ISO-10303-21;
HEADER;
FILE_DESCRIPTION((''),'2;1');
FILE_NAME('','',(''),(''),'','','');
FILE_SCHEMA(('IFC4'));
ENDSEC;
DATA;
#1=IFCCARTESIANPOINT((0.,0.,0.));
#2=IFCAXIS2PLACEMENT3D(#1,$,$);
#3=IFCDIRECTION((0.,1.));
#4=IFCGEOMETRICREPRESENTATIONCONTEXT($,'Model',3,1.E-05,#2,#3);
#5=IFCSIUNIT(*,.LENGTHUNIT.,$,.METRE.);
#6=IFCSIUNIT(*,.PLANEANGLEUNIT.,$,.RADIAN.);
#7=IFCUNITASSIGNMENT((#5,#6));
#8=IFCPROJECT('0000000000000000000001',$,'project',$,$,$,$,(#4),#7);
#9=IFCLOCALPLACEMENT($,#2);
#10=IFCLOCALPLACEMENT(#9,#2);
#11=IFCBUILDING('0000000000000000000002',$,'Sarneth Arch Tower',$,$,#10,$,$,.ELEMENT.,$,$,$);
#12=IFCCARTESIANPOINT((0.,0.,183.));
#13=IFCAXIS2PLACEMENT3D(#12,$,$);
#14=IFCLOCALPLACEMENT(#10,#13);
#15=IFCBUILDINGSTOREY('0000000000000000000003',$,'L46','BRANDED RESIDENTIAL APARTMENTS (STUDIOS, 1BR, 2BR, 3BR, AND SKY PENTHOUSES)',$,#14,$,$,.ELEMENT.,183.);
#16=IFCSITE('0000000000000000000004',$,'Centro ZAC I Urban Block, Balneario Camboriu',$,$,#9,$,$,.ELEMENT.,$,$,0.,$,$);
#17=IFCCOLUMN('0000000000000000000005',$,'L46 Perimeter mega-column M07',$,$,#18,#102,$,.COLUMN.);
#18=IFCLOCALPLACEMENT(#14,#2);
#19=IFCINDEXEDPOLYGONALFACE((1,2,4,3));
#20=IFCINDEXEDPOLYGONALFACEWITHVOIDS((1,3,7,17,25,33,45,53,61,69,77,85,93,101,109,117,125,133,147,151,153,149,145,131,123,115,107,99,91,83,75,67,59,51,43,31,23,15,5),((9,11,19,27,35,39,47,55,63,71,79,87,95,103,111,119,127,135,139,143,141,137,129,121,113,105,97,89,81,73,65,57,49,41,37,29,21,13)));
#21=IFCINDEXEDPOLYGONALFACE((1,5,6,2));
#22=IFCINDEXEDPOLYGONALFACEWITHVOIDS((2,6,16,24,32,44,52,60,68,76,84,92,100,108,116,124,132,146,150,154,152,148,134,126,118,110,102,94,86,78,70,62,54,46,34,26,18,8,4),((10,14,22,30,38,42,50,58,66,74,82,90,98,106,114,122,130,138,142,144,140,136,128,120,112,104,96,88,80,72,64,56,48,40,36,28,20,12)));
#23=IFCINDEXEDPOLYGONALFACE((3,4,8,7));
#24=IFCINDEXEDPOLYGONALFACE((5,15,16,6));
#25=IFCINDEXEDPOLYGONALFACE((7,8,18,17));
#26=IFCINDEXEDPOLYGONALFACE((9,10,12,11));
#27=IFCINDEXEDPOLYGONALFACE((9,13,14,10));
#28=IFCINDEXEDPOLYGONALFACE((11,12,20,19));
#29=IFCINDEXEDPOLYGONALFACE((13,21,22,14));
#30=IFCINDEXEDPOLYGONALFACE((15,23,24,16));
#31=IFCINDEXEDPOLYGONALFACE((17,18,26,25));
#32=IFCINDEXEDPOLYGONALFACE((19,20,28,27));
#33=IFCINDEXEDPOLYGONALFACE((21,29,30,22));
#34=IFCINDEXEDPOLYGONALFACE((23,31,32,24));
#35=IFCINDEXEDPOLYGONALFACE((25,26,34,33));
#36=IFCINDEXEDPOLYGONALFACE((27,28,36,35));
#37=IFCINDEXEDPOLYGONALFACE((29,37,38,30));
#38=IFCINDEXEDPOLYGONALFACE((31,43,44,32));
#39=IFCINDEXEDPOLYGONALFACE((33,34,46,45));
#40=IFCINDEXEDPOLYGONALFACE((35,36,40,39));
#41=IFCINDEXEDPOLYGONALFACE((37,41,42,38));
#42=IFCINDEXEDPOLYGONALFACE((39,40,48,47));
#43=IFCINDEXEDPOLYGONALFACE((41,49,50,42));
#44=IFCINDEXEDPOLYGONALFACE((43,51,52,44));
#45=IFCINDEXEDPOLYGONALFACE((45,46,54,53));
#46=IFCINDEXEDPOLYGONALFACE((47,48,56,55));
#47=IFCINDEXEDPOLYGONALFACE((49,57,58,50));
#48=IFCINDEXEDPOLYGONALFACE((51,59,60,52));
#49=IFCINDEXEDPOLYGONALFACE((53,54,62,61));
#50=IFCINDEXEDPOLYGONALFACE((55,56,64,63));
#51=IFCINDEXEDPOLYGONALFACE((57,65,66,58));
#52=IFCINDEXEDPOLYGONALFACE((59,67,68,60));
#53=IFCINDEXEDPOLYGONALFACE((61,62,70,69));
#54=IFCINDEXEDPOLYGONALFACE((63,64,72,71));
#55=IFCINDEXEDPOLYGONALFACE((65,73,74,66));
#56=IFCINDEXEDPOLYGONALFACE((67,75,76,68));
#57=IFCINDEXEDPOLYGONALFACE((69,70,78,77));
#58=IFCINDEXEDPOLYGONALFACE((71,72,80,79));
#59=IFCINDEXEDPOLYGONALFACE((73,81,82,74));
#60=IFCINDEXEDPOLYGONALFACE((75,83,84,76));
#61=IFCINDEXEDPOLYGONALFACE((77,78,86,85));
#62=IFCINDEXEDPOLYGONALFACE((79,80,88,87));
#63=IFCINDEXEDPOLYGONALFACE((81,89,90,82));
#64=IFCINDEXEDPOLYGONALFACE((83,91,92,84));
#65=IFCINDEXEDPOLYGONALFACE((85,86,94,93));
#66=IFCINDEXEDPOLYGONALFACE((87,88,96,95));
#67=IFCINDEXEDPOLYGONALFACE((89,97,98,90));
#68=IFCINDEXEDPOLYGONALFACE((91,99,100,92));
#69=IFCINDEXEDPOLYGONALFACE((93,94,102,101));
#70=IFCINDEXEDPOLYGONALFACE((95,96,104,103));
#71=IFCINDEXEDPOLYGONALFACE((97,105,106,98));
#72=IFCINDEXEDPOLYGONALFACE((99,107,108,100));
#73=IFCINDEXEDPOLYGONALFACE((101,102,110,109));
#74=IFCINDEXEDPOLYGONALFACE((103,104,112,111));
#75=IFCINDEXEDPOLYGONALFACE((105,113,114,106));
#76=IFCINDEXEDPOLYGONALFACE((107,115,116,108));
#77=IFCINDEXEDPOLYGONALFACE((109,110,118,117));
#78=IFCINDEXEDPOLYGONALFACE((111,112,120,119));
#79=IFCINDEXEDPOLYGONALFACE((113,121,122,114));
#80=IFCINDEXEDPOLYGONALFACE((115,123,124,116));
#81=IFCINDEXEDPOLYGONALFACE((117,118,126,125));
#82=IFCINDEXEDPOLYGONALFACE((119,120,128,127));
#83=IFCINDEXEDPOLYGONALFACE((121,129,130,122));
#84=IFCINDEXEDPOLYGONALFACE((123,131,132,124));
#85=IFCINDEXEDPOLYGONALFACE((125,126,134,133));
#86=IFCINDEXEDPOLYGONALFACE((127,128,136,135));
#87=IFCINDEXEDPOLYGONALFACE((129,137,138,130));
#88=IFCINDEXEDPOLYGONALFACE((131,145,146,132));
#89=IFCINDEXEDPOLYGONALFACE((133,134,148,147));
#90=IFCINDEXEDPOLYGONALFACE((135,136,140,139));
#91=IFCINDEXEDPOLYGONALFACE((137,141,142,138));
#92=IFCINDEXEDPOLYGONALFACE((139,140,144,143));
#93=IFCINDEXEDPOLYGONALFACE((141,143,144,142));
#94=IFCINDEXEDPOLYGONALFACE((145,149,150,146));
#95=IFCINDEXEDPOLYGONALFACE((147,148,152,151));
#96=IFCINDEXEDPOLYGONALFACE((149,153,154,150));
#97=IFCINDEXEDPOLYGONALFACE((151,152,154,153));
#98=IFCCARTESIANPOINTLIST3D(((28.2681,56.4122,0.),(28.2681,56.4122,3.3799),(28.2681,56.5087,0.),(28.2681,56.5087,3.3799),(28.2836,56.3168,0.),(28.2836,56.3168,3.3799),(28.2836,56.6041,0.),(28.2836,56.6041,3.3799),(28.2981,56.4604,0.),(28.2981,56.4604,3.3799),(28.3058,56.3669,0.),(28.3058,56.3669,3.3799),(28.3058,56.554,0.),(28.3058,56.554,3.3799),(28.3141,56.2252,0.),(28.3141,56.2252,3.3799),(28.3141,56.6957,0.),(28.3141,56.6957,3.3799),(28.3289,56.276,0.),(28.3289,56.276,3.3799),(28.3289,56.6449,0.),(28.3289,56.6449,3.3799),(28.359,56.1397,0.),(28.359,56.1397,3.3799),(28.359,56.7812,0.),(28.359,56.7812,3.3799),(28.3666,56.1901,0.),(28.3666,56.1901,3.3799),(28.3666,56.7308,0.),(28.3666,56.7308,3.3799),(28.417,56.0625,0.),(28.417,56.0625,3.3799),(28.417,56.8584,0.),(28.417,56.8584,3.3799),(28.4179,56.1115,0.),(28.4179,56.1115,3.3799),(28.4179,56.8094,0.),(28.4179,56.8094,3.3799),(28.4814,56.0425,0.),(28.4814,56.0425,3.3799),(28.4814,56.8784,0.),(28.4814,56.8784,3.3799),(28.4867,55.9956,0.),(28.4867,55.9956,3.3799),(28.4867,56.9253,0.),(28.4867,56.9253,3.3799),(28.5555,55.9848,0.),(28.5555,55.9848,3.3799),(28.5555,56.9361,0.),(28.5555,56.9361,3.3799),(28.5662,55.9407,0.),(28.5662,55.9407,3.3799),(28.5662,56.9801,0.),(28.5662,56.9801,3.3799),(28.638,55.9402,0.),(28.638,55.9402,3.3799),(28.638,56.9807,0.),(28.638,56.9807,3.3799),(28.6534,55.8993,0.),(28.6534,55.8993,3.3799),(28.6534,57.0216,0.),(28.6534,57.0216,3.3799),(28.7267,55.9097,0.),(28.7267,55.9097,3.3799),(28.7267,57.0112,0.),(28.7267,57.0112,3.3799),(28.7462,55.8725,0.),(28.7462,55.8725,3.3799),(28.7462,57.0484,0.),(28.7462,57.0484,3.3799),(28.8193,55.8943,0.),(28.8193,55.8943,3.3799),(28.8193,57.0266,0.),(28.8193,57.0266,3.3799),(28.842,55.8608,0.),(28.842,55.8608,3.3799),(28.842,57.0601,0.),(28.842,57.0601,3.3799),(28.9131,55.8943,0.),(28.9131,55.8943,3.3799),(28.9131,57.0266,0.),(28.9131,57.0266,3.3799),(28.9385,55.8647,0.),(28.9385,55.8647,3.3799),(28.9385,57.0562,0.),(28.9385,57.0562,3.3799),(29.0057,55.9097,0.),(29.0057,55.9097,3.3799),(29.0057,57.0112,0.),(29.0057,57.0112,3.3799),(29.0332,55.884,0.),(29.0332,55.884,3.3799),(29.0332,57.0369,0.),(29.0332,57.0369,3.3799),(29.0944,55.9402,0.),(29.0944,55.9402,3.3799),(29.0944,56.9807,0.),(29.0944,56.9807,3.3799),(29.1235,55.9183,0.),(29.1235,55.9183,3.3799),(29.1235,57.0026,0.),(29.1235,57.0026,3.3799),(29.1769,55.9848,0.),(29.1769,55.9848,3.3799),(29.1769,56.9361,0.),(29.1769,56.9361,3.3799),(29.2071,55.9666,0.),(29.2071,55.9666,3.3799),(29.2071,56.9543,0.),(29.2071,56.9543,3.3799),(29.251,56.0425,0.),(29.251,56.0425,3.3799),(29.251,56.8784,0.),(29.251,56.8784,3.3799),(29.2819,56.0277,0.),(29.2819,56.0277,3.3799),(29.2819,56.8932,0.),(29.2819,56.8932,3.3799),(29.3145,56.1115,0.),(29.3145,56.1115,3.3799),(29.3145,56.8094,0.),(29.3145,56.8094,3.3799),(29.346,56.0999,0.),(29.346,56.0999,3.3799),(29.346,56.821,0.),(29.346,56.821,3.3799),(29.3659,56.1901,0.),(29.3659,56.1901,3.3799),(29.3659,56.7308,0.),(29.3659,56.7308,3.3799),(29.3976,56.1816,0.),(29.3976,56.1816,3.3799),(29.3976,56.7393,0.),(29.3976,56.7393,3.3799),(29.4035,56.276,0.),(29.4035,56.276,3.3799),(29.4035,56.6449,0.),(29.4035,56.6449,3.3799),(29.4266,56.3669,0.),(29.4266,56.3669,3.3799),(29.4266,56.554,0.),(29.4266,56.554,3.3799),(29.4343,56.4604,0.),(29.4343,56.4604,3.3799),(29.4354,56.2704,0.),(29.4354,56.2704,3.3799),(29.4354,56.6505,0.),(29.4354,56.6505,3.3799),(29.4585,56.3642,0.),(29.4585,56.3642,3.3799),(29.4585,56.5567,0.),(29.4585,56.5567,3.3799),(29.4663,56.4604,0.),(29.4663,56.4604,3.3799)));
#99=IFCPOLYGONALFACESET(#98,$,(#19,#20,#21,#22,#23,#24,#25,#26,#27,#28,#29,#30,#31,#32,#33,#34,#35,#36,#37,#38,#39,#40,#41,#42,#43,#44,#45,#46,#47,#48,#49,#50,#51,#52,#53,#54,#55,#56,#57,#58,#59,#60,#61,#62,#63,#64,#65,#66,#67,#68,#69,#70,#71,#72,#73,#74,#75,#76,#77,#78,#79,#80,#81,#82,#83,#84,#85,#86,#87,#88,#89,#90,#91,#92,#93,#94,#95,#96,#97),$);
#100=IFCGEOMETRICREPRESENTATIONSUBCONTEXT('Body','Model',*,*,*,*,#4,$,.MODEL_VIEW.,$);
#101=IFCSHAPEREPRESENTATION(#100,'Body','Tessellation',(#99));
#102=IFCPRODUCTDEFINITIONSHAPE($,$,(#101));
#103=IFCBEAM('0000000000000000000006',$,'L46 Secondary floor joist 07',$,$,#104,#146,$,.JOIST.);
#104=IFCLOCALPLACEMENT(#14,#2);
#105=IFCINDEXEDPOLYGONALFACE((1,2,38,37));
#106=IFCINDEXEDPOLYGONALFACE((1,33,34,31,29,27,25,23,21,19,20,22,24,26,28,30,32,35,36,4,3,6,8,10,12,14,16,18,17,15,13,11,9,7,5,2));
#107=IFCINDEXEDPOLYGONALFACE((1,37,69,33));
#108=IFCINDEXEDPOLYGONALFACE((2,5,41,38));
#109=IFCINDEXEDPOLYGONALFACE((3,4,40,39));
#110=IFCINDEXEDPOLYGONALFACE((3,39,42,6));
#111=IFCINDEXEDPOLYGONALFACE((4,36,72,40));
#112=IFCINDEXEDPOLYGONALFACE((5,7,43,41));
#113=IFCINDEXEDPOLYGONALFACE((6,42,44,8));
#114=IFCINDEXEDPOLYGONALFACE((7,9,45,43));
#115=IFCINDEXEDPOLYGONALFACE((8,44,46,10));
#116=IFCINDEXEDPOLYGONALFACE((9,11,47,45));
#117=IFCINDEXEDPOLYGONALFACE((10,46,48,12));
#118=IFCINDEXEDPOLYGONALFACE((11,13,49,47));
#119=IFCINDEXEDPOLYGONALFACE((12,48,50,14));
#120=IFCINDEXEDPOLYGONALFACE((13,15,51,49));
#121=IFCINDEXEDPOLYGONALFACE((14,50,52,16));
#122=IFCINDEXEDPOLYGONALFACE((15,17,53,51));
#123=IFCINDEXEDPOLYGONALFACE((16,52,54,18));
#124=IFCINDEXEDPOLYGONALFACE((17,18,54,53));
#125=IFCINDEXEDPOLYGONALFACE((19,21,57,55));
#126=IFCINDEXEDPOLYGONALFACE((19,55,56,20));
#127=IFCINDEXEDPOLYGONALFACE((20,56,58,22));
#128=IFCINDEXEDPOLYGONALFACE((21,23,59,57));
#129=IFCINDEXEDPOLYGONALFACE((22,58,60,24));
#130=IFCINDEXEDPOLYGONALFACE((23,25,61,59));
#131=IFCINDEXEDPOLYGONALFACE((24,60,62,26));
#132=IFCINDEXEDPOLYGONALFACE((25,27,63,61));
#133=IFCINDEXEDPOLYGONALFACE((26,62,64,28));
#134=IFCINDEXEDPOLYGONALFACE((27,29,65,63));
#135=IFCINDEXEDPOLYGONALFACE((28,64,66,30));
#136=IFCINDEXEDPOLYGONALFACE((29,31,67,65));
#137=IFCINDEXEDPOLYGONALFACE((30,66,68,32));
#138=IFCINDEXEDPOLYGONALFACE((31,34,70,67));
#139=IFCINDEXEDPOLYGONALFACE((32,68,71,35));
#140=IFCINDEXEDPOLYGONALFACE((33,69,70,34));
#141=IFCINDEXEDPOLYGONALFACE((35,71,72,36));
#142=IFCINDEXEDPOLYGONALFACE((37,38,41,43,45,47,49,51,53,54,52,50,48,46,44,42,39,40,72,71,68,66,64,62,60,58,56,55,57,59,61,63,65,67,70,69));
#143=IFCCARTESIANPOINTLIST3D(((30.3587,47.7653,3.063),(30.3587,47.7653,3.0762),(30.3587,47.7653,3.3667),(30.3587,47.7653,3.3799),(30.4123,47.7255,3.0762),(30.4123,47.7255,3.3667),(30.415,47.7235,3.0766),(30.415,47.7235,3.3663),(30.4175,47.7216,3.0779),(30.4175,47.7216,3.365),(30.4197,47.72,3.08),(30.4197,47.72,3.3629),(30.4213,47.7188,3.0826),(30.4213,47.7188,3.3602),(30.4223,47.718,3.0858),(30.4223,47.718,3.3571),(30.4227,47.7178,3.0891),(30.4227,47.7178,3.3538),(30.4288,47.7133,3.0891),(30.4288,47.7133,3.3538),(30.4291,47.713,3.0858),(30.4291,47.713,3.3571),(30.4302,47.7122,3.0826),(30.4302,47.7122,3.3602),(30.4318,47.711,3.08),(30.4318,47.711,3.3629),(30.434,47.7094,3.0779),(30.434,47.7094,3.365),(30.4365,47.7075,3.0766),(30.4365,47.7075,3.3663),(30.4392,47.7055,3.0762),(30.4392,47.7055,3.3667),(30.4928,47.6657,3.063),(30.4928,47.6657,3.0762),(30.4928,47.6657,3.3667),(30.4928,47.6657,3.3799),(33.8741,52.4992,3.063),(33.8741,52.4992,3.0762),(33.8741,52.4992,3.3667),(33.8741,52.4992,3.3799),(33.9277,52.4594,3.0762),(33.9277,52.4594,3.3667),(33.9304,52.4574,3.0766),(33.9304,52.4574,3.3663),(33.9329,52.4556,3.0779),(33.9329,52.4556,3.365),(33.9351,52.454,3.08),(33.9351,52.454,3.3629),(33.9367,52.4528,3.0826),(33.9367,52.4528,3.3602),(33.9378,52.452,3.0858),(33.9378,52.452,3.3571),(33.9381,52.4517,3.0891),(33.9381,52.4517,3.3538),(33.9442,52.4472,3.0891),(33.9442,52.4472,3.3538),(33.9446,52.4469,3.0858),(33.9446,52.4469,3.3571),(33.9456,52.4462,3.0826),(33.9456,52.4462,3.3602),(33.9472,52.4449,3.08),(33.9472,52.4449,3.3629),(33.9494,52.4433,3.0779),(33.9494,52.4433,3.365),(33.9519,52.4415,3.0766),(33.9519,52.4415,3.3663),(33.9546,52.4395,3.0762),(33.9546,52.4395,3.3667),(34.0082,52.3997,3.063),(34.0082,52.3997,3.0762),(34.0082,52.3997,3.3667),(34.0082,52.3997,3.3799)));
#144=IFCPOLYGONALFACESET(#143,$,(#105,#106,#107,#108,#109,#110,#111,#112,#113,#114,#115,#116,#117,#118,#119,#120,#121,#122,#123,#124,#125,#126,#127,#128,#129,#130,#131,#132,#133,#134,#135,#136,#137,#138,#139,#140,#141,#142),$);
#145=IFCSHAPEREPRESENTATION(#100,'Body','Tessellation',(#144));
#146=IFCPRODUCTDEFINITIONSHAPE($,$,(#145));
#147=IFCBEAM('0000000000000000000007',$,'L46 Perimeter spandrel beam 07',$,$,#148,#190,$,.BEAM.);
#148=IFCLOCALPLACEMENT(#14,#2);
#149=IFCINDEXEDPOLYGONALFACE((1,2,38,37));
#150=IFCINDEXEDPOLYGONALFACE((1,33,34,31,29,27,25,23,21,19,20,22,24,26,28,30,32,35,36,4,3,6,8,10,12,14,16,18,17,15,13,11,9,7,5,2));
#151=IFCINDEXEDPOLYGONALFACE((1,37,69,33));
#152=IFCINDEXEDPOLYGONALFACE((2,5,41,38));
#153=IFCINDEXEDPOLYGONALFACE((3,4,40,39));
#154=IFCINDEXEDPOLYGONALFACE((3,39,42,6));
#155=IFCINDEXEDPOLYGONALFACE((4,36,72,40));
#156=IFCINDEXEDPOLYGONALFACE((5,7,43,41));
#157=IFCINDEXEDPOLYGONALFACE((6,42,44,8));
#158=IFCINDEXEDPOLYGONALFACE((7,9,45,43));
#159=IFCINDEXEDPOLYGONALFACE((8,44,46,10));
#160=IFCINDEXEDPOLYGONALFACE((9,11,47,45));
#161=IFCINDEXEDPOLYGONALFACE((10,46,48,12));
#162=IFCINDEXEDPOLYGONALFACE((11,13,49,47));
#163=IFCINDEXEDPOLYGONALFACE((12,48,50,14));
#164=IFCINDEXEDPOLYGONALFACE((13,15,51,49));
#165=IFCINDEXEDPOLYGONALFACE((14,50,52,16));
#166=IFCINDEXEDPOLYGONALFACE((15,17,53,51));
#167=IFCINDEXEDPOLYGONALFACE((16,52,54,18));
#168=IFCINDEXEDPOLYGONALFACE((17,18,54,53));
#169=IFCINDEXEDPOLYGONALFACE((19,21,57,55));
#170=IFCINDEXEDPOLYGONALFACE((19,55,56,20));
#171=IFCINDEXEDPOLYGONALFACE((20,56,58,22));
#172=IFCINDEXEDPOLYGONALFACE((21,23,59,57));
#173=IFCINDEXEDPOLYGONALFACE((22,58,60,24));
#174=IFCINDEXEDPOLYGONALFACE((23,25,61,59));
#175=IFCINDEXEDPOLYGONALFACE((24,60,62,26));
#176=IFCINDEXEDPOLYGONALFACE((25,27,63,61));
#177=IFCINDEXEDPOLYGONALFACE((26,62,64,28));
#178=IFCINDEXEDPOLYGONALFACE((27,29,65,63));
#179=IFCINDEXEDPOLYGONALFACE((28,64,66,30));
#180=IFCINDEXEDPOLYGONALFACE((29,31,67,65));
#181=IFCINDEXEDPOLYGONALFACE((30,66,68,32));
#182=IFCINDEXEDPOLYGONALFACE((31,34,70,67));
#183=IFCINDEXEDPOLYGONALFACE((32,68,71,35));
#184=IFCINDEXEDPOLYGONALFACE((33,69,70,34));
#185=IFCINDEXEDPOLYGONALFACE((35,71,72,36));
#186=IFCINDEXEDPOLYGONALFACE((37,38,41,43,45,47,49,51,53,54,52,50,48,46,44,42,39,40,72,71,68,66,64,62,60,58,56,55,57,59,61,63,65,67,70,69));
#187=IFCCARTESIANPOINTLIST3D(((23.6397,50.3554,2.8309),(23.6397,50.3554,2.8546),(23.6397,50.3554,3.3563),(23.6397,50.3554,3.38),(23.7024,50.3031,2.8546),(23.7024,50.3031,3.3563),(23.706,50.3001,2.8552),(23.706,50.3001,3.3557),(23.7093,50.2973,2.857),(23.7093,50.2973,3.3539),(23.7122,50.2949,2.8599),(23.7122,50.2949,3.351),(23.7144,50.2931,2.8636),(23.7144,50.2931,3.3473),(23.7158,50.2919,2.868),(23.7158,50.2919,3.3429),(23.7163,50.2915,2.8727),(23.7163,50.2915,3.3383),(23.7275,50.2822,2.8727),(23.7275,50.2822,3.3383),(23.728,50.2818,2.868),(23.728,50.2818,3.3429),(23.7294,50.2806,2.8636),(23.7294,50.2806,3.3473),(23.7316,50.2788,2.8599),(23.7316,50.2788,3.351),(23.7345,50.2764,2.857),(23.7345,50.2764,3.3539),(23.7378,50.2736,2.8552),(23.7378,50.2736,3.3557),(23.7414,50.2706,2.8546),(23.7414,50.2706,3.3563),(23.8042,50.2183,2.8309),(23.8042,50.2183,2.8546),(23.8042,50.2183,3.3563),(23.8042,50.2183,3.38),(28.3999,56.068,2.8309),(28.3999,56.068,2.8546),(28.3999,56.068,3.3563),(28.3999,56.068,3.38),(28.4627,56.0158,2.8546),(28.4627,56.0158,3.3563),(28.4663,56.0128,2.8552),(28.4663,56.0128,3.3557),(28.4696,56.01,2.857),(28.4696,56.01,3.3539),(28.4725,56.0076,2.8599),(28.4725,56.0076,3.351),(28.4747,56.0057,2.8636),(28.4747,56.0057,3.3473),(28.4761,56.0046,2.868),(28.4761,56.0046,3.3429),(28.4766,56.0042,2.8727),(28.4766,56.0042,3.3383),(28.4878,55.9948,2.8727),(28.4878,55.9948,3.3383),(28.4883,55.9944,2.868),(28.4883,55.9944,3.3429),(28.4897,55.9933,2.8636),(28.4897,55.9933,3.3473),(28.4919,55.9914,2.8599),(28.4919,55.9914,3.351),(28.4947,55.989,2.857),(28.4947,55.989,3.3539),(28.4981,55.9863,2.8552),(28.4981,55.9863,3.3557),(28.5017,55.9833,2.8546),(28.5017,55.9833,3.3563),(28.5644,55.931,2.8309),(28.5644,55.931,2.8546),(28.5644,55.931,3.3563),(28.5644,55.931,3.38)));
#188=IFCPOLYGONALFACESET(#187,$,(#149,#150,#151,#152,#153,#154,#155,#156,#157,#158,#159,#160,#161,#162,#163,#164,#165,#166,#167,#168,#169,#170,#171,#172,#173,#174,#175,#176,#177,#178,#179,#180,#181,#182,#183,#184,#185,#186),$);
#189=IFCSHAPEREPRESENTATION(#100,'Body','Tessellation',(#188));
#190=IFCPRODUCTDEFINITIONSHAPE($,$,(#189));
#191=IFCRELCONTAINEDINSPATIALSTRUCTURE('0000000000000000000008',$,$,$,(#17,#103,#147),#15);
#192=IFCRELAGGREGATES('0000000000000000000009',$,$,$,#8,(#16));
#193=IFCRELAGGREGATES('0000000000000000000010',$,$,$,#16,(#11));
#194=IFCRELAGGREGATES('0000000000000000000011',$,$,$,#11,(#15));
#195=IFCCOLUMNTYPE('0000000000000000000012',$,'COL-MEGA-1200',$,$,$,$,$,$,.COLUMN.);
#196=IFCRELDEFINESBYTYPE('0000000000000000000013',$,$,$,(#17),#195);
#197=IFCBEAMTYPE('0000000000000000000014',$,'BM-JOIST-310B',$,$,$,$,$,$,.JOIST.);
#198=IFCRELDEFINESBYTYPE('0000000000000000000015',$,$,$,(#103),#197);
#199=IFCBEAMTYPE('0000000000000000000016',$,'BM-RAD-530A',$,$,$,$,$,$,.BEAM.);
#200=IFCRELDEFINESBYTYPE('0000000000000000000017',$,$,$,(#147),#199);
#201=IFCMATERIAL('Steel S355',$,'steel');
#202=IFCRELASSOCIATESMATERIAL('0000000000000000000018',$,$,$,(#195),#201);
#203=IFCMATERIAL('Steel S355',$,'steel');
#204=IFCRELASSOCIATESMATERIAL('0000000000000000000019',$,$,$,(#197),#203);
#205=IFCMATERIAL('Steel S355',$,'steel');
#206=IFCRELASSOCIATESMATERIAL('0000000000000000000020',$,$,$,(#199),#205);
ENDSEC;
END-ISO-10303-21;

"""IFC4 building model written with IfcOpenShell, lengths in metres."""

from ifc_helpers import new_model, si_unit, direction, frame, origin, origin_2d, place, context, subcontext, project, spatial, hollow_circle, i_section, extrude, material, material_profile, profile_set, type_object, element, save


model = new_model("IFC4")

# Units and contexts
model_context = context("Model", 3, precision=1e-05, world=origin(), true_north=direction((0.0, 1.0)))
body_context = subcontext(model_context, "Body", "Model", "MODEL_VIEW")
ifc_project = project(units=[si_unit("LENGTHUNIT", "METRE"), si_unit("PLANEANGLEUNIT", "RADIAN")], contexts=[model_context])

# Site, building, storey
site_placement = place(None, origin())
site = spatial("IfcSite", under=ifc_project, at=site_placement, Name="Centro ZAC I Urban Block, Balneario Camboriu", CompositionType="ELEMENT", RefElevation=0.0)
building_placement = place(site_placement, origin())
building = spatial("IfcBuilding", under=site, at=building_placement, Name="Sarneth Arch Tower", CompositionType="ELEMENT")
storey_placement = place(building_placement, frame((0.0, 0.0, 183.0)))
storey = spatial("IfcBuildingStorey", under=building, at=storey_placement, Name="L46", Description="BRANDED RESIDENTIAL APARTMENTS (STUDIOS, 1BR, 2BR, 3BR, AND SKY PENTHOUSES)", CompositionType="ELEMENT", Elevation=183.0)

# Column
ifc_material_1 = material(Name="Steel S355", Category="steel")
ifc_material_profile_1 = material_profile(ifc_material_1, hollow_circle(Radius=0.6001, WallThickness=0.032, at=origin_2d()), Name="CHS1200x32")
ifc_profile_set_1 = profile_set([ifc_material_profile_1], Name="Steel S355")
column_type = type_object("IfcColumnType", Name="COL-MEGA-1200", PredefinedType="COLUMN", material=ifc_profile_set_1)
column_placement = place(storey_placement, frame((28.8662, 56.4604, 0.0), z_axis=(0.0, 0.0, 1.0), x_axis=(1.0, 0.0, 0.0)))
element("IfcColumn", 1, at=column_placement, inside=storey, type_object=column_type, Name="L46 Perimeter mega-column M07", PredefinedType="COLUMN", context=body_context, shape_type="SweptSolid", body=[
    extrude(hollow_circle(Radius=0.6001, WallThickness=0.032, at=origin_2d()), origin(), (0.0, 0.0, 1.0), 3.3799),
])

# Beams
ifc_material_2 = material(Name="Steel S355", Category="steel")
ifc_material_profile_2 = material_profile(ifc_material_2, i_section(OverallWidth=0.167, OverallDepth=0.3169, WebThickness=0.0076, FlangeThickness=0.0132, FilletRadius=0.0129, at=origin_2d()), Name="W310x52")
ifc_profile_set_2 = profile_set([ifc_material_profile_2], Name="Steel S355")
beam_type_1 = type_object("IfcBeamType", Name="BM-JOIST-310B", PredefinedType="JOIST", material=ifc_profile_set_2)
beam_1_placement = place(storey_placement, frame((33.9412, 52.4495, 3.2214), z_axis=(-0.596191, -0.802843, 0.0), x_axis=(0.802843, -0.596191, 0.0)))
element("IfcBeam", 2, at=beam_1_placement, inside=storey, type_object=beam_type_1, Name="L46 Secondary floor joist 07", PredefinedType="JOIST", context=body_context, shape_type="SweptSolid", body=[
    extrude(i_section(OverallWidth=0.167, OverallDepth=0.3169, WebThickness=0.0076, FlangeThickness=0.0132, FilletRadius=0.0129, at=origin_2d()), origin(), (0.0, 0.0, 1.0), 5.8965),
])
ifc_material_3 = material(Name="Steel S355", Category="steel")
ifc_material_profile_3 = material_profile(ifc_material_3, i_section(OverallWidth=0.2141, OverallDepth=0.5491, WebThickness=0.0146, FlangeThickness=0.0237, FilletRadius=0.0181, at=origin_2d()), Name="W530x138")
ifc_profile_set_3 = profile_set([ifc_material_profile_3], Name="Steel S355")
beam_type_2 = type_object("IfcBeamType", Name="BM-RAD-530A", PredefinedType="BEAM", material=ifc_profile_set_3)
beam_2_placement = place(storey_placement, frame((28.4822, 55.9995, 3.1055), z_axis=(-0.640162, -0.76824, 0.0), x_axis=(0.76824, -0.640162, 0.0)))
element("IfcBeam", 3, at=beam_2_placement, inside=storey, type_object=beam_type_2, Name="L46 Perimeter spandrel beam 07", PredefinedType="BEAM", context=body_context, shape_type="SweptSolid", body=[
    extrude(i_section(OverallWidth=0.2141, OverallDepth=0.5491, WebThickness=0.0146, FlangeThickness=0.0237, FilletRadius=0.0181, at=origin_2d()), origin(), (0.0, 0.0, 1.0), 7.436),
])

save(model, "model.ifc")
